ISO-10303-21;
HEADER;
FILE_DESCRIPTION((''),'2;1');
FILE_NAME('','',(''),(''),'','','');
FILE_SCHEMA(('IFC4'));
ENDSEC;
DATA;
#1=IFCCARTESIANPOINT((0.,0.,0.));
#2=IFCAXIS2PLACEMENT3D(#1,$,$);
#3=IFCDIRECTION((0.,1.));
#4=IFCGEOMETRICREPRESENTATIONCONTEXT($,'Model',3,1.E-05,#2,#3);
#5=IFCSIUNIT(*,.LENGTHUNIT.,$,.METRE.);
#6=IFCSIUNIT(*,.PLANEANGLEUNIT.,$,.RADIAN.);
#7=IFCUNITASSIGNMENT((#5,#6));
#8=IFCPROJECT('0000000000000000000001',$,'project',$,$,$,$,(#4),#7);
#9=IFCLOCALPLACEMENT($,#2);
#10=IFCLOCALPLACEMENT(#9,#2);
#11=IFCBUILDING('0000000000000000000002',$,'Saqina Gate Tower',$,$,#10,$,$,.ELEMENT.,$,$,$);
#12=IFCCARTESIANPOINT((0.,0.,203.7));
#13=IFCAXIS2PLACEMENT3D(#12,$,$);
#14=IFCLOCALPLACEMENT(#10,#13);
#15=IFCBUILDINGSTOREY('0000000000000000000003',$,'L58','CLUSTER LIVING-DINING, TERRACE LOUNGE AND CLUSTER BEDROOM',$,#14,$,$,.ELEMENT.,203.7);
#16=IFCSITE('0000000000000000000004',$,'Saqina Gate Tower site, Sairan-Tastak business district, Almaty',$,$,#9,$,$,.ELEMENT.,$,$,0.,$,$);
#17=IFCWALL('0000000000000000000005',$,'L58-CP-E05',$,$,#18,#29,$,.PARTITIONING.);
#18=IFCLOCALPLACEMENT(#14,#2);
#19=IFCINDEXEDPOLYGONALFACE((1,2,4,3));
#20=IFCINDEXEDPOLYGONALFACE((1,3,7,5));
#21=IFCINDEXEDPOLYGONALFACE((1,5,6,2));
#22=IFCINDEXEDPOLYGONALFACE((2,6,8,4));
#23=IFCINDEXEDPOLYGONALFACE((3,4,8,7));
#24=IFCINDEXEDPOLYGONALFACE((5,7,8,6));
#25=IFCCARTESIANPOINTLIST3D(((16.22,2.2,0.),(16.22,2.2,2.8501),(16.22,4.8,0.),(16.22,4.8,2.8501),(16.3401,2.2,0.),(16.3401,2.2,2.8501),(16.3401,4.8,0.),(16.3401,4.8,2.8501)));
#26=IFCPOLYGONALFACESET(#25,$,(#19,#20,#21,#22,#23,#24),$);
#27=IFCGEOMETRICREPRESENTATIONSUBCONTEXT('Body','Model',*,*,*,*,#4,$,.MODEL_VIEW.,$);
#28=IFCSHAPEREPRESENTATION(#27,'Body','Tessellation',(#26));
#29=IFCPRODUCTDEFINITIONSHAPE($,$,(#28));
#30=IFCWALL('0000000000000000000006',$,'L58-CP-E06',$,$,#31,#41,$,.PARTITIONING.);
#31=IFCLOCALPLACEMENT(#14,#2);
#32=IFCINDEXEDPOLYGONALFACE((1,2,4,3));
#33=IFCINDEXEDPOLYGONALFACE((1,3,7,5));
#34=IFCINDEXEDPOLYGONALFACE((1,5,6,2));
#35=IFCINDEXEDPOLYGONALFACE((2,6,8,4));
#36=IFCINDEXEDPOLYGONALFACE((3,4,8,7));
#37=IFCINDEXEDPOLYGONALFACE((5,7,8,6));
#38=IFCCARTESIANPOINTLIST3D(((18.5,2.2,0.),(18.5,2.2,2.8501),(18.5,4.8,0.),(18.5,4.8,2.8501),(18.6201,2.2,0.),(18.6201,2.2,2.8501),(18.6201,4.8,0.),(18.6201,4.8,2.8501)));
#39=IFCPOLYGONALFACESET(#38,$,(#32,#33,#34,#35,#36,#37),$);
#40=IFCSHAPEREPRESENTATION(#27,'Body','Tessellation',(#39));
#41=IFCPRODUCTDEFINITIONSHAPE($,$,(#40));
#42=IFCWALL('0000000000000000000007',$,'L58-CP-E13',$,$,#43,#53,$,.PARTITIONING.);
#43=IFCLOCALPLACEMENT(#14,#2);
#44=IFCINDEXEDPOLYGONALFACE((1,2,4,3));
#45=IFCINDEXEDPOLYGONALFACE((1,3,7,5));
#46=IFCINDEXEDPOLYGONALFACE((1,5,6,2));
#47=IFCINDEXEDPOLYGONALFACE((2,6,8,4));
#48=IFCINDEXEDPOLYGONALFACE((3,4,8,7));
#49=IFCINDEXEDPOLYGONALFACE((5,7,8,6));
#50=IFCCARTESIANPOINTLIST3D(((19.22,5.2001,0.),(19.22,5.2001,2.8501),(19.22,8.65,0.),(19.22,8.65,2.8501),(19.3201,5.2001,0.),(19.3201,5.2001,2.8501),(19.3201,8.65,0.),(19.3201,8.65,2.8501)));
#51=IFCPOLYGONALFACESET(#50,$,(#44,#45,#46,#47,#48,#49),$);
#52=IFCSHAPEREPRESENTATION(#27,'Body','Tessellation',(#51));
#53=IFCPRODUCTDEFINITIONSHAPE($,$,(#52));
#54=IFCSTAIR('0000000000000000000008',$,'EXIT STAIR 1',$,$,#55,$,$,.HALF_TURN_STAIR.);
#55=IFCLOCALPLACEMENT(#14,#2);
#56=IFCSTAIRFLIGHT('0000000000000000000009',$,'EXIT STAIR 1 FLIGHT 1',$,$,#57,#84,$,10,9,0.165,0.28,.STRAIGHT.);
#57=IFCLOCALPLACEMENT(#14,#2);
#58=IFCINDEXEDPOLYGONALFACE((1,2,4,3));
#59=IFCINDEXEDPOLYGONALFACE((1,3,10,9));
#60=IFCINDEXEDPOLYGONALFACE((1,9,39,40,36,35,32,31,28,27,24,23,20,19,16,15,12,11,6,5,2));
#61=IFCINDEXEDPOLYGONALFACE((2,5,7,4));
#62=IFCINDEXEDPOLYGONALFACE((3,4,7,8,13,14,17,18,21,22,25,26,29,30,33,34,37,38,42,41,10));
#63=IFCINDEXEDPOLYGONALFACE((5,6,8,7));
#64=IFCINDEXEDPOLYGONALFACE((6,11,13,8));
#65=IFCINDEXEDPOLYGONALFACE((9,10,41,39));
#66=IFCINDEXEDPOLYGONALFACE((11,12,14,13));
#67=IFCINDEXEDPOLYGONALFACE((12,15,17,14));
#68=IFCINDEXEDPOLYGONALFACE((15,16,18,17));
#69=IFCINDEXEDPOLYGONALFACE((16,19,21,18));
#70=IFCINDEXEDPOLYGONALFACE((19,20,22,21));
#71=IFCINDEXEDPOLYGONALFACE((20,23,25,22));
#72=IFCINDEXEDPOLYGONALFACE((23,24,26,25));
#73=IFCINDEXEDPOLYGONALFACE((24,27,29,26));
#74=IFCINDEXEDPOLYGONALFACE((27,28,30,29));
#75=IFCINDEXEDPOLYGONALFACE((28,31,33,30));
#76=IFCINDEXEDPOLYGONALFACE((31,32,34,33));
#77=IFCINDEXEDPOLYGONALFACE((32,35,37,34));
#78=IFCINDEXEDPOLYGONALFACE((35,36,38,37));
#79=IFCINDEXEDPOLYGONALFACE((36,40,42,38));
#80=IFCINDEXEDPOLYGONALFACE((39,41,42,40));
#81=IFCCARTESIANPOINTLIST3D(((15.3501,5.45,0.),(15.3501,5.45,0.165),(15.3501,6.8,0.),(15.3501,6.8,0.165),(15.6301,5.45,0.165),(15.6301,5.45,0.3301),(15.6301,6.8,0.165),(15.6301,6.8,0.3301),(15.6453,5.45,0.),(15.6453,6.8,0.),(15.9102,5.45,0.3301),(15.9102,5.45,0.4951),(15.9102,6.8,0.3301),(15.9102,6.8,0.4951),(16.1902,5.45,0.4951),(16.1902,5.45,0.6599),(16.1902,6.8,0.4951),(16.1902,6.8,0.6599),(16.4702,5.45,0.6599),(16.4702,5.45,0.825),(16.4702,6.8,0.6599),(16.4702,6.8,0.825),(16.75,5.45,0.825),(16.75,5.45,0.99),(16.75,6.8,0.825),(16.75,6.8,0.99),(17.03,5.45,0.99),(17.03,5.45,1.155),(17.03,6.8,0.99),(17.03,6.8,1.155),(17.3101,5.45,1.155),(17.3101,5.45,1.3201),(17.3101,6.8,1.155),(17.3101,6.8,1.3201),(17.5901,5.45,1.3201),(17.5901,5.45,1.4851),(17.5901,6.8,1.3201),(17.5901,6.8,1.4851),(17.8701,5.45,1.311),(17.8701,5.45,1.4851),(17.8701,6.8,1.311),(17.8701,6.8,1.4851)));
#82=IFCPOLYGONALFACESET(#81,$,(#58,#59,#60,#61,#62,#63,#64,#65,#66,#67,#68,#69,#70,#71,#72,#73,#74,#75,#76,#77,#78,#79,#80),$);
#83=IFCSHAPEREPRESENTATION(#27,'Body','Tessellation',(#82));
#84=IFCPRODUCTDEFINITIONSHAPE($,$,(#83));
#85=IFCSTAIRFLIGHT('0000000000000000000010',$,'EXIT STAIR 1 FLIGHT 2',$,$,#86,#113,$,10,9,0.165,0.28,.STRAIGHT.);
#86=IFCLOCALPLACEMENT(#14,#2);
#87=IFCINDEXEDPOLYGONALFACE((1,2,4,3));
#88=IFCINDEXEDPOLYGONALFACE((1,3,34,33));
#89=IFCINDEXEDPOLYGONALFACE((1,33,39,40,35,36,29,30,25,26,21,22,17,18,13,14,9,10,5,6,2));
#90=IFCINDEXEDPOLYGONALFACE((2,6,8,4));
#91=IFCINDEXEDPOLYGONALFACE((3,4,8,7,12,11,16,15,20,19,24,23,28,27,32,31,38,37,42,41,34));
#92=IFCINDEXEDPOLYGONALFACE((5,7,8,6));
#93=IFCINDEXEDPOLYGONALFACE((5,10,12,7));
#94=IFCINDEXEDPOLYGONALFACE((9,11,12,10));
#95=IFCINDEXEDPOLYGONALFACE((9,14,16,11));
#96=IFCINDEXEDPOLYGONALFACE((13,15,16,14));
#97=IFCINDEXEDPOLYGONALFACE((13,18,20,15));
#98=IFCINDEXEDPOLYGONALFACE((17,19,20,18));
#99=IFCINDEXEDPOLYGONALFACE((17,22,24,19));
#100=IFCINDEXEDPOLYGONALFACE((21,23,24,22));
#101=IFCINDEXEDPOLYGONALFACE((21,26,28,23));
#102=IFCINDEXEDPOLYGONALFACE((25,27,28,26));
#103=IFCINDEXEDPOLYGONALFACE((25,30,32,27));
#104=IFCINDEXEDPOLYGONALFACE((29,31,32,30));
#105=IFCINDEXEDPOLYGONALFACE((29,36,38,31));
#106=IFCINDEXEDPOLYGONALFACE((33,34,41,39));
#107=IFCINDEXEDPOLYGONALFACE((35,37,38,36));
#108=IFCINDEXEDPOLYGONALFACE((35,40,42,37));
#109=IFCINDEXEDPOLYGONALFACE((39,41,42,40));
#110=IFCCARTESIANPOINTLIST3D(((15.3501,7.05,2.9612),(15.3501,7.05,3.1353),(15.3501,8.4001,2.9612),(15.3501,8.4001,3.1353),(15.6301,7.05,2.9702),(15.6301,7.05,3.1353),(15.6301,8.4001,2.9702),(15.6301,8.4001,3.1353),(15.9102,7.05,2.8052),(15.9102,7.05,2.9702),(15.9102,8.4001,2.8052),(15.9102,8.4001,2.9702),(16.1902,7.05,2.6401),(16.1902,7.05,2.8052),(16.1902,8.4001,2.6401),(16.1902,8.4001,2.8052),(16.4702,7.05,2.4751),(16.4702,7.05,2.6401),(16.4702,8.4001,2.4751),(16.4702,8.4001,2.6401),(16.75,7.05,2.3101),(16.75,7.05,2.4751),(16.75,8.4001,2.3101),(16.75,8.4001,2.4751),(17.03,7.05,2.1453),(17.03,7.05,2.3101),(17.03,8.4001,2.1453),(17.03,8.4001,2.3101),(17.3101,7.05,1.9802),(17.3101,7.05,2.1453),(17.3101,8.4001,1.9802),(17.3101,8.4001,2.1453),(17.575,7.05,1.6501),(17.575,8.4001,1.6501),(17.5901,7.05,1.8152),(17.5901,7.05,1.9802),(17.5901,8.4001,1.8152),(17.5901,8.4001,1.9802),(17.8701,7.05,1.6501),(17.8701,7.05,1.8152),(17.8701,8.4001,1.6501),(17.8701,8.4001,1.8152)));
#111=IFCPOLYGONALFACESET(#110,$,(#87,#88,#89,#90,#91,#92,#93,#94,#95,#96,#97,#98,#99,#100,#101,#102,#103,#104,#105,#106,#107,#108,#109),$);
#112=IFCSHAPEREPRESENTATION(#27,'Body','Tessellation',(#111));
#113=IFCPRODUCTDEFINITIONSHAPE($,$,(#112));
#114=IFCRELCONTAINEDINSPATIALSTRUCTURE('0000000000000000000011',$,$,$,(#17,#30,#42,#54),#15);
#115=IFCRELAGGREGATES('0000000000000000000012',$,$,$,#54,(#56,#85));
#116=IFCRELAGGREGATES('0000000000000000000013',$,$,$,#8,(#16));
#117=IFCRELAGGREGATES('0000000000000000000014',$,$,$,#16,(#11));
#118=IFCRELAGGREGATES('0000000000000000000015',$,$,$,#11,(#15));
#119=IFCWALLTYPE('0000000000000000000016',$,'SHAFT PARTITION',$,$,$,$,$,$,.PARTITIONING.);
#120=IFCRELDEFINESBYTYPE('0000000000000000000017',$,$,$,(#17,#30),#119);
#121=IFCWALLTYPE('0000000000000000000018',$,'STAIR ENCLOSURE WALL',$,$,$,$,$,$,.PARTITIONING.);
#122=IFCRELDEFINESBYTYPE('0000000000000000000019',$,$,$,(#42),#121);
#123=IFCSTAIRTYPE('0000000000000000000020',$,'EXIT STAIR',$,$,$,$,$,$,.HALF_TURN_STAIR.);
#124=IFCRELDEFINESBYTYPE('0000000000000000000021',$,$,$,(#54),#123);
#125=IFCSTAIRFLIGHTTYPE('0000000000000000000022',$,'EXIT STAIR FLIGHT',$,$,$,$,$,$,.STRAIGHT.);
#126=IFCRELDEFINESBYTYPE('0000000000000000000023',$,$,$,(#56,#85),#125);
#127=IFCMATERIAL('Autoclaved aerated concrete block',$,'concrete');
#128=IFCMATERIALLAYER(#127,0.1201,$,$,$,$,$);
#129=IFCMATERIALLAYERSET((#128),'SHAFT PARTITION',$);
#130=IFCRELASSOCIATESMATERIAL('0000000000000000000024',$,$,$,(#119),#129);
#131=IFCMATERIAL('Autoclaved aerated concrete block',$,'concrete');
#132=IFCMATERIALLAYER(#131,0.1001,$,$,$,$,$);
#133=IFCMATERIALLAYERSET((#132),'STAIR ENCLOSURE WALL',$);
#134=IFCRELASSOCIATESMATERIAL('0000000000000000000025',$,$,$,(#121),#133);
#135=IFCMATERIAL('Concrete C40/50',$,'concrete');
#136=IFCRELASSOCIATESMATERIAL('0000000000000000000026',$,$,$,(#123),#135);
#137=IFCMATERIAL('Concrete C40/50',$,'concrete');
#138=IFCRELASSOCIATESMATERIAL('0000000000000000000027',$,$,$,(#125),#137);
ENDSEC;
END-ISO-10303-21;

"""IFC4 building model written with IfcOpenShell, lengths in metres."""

from ifc_helpers import new_model, si_unit, direction, frame, frame_2d, origin, place, context, subcontext, project, spatial, polyline, rectangle, outline, extrude, material, layer, layer_set, type_object, element, aggregate, save


model = new_model("IFC4")

# Units and contexts
model_context = context("Model", 3, precision=1e-05, world=origin(), true_north=direction((0.0, 1.0)))
body_context = subcontext(model_context, "Body", "Model", "MODEL_VIEW")
ifc_project = project(units=[si_unit("LENGTHUNIT", "METRE"), si_unit("PLANEANGLEUNIT", "RADIAN")], contexts=[model_context])

# Site, building, storey
site_placement = place(None, origin())
site = spatial("IfcSite", under=ifc_project, at=site_placement, Name="Saqina Gate Tower site, Sairan-Tastak business district, Almaty", CompositionType="ELEMENT", RefElevation=0.0)
building_placement = place(site_placement, origin())
building = spatial("IfcBuilding", under=site, at=building_placement, Name="Saqina Gate Tower", CompositionType="ELEMENT")
storey_placement = place(building_placement, frame((0.0, 0.0, 203.7)))
storey = spatial("IfcBuildingStorey", under=building, at=storey_placement, Name="L58", Description="CLUSTER LIVING-DINING, TERRACE LOUNGE AND CLUSTER BEDROOM", CompositionType="ELEMENT", Elevation=203.7)

# Walls
ifc_material_1 = material(Name="Autoclaved aerated concrete block", Category="concrete")
ifc_layer_1 = layer(ifc_material_1, 0.1201)
ifc_layer_set_1 = layer_set([ifc_layer_1], Name="SHAFT PARTITION")
wall_type_1 = type_object("IfcWallType", Name="SHAFT PARTITION", PredefinedType="PARTITIONING", material=ifc_layer_set_1)
for number, where, z_axis, x_axis, name in (
    (1, (16.28, 2.2, 0.0), (0.0, 0.0, 1.0), (0.0, 1.0, 0.0), "L58-CP-E05"),
    (2, (18.5601, 2.2, 0.0), (0.0, 0.0, 1.0), (0.0, 1.0, 0.0), "L58-CP-E06"),
):
    element("IfcWall", number, at=place(storey_placement, frame(where, z_axis=z_axis, x_axis=x_axis)), inside=storey, type_object=wall_type_1, Name=name, PredefinedType="PARTITIONING", context=body_context, shape_type="SweptSolid", body=[
        extrude(rectangle(XDim=2.6001, YDim=0.1201, at=frame_2d((1.3, 0.0))), origin(), (0.0, 0.0, 1.0), 2.8501),
    ])
ifc_material_2 = material(Name="Autoclaved aerated concrete block", Category="concrete")
ifc_layer_2 = layer(ifc_material_2, 0.1001)
ifc_layer_set_2 = layer_set([ifc_layer_2], Name="STAIR ENCLOSURE WALL")
wall_type_2 = type_object("IfcWallType", Name="STAIR ENCLOSURE WALL", PredefinedType="PARTITIONING", material=ifc_layer_set_2)
wall_1_placement = place(storey_placement, frame((19.27, 5.2, 0.0), z_axis=(0.0, 0.0, 1.0), x_axis=(0.0, 1.0, 0.0)))
element("IfcWall", 3, at=wall_1_placement, inside=storey, type_object=wall_type_2, Name="L58-CP-E13", PredefinedType="PARTITIONING", context=body_context, shape_type="SweptSolid", body=[
    extrude(rectangle(XDim=3.45, YDim=0.1001, at=frame_2d((1.7251, 0.0))), origin(), (0.0, 0.0, 1.0), 2.8501),
])

# Stair, stair flights
ifc_material_3 = material(Name="Concrete C40/50", Category="concrete")
stair_type = type_object("IfcStairType", Name="EXIT STAIR", PredefinedType="HALF_TURN_STAIR", material=ifc_material_3)
stair_placement = place(storey_placement, origin())
stair = element("IfcStair", 4, at=stair_placement, inside=storey, type_object=stair_type, Name="EXIT STAIR 1", PredefinedType="HALF_TURN_STAIR")
ifc_material_4 = material(Name="Concrete C40/50", Category="concrete")
stair_flight_type = type_object("IfcStairFlightType", Name="EXIT STAIR FLIGHT", PredefinedType="STRAIGHT", material=ifc_material_4)
stair_flight_1_placement = place(storey_placement, frame((15.3501, 6.125, 0.0), z_axis=(0.0, 0.0, 1.0), x_axis=(1.0, 0.0, 0.0)))
stair_flight_1 = element("IfcStairFlight", 5, at=stair_flight_1_placement, type_object=stair_flight_type, Name="EXIT STAIR 1 FLIGHT 1", NumberOfRisers=10, NumberOfTreads=9, PredefinedType="STRAIGHT", RiserHeight=0.165, TreadLength=0.28, context=body_context, shape_type="SweptSolid", body=[
    extrude(outline(polyline([(0.0, 0.0), (0.0, 0.165), (0.28, 0.165), (0.28, 0.3301), (0.5601, 0.3301), (0.5601, 0.4951), (0.8401, 0.4951), (0.8401, 0.6599), (1.1201, 0.6599), (1.1201, 0.825), (1.3999, 0.825), (1.3999, 0.99), (1.6799, 0.99), (1.6799, 1.155), (1.96, 1.155), (1.96, 1.3201), (2.24, 1.3201), (2.24, 1.4851), (2.52, 1.4851), (2.52, 1.6499), (2.52, 1.311), (0.2952, 0.0), (0.0, 0.0)])), frame((0.0, 0.675, 0.0), z_axis=(0.0, -1.0, 0.0), x_axis=(1.0, 0.0, 0.0)), (0.0, 0.0, 1.0), 1.3501),
])
stair_flight_2_placement = place(storey_placement, frame((17.8701, 7.7251, 1.6501), z_axis=(0.0, 0.0, 1.0), x_axis=(-1.0, 0.0, 0.0)))
stair_flight_2 = element("IfcStairFlight", 6, at=stair_flight_2_placement, type_object=stair_flight_type, Name="EXIT STAIR 1 FLIGHT 2", NumberOfRisers=10, NumberOfTreads=9, PredefinedType="STRAIGHT", RiserHeight=0.165, TreadLength=0.28, context=body_context, shape_type="SweptSolid", body=[
    extrude(outline(polyline([(0.0, 0.0), (0.0, 0.165), (0.28, 0.165), (0.28, 0.3301), (0.5601, 0.3301), (0.5601, 0.4951), (0.8401, 0.4951), (0.8401, 0.6599), (1.1201, 0.6599), (1.1201, 0.825), (1.3999, 0.825), (1.3999, 0.99), (1.6799, 0.99), (1.6799, 1.155), (1.96, 1.155), (1.96, 1.3201), (2.24, 1.3201), (2.24, 1.4851), (2.52, 1.4851), (2.52, 1.6499), (2.52, 1.311), (0.2952, 0.0), (0.0, 0.0)])), frame((0.0, 0.675, 0.0), z_axis=(0.0, -1.0, 0.0), x_axis=(1.0, 0.0, 0.0)), (0.0, 0.0, 1.0), 1.3501),
])
aggregate(stair, [stair_flight_1, stair_flight_2])

save(model, "model.ifc")
